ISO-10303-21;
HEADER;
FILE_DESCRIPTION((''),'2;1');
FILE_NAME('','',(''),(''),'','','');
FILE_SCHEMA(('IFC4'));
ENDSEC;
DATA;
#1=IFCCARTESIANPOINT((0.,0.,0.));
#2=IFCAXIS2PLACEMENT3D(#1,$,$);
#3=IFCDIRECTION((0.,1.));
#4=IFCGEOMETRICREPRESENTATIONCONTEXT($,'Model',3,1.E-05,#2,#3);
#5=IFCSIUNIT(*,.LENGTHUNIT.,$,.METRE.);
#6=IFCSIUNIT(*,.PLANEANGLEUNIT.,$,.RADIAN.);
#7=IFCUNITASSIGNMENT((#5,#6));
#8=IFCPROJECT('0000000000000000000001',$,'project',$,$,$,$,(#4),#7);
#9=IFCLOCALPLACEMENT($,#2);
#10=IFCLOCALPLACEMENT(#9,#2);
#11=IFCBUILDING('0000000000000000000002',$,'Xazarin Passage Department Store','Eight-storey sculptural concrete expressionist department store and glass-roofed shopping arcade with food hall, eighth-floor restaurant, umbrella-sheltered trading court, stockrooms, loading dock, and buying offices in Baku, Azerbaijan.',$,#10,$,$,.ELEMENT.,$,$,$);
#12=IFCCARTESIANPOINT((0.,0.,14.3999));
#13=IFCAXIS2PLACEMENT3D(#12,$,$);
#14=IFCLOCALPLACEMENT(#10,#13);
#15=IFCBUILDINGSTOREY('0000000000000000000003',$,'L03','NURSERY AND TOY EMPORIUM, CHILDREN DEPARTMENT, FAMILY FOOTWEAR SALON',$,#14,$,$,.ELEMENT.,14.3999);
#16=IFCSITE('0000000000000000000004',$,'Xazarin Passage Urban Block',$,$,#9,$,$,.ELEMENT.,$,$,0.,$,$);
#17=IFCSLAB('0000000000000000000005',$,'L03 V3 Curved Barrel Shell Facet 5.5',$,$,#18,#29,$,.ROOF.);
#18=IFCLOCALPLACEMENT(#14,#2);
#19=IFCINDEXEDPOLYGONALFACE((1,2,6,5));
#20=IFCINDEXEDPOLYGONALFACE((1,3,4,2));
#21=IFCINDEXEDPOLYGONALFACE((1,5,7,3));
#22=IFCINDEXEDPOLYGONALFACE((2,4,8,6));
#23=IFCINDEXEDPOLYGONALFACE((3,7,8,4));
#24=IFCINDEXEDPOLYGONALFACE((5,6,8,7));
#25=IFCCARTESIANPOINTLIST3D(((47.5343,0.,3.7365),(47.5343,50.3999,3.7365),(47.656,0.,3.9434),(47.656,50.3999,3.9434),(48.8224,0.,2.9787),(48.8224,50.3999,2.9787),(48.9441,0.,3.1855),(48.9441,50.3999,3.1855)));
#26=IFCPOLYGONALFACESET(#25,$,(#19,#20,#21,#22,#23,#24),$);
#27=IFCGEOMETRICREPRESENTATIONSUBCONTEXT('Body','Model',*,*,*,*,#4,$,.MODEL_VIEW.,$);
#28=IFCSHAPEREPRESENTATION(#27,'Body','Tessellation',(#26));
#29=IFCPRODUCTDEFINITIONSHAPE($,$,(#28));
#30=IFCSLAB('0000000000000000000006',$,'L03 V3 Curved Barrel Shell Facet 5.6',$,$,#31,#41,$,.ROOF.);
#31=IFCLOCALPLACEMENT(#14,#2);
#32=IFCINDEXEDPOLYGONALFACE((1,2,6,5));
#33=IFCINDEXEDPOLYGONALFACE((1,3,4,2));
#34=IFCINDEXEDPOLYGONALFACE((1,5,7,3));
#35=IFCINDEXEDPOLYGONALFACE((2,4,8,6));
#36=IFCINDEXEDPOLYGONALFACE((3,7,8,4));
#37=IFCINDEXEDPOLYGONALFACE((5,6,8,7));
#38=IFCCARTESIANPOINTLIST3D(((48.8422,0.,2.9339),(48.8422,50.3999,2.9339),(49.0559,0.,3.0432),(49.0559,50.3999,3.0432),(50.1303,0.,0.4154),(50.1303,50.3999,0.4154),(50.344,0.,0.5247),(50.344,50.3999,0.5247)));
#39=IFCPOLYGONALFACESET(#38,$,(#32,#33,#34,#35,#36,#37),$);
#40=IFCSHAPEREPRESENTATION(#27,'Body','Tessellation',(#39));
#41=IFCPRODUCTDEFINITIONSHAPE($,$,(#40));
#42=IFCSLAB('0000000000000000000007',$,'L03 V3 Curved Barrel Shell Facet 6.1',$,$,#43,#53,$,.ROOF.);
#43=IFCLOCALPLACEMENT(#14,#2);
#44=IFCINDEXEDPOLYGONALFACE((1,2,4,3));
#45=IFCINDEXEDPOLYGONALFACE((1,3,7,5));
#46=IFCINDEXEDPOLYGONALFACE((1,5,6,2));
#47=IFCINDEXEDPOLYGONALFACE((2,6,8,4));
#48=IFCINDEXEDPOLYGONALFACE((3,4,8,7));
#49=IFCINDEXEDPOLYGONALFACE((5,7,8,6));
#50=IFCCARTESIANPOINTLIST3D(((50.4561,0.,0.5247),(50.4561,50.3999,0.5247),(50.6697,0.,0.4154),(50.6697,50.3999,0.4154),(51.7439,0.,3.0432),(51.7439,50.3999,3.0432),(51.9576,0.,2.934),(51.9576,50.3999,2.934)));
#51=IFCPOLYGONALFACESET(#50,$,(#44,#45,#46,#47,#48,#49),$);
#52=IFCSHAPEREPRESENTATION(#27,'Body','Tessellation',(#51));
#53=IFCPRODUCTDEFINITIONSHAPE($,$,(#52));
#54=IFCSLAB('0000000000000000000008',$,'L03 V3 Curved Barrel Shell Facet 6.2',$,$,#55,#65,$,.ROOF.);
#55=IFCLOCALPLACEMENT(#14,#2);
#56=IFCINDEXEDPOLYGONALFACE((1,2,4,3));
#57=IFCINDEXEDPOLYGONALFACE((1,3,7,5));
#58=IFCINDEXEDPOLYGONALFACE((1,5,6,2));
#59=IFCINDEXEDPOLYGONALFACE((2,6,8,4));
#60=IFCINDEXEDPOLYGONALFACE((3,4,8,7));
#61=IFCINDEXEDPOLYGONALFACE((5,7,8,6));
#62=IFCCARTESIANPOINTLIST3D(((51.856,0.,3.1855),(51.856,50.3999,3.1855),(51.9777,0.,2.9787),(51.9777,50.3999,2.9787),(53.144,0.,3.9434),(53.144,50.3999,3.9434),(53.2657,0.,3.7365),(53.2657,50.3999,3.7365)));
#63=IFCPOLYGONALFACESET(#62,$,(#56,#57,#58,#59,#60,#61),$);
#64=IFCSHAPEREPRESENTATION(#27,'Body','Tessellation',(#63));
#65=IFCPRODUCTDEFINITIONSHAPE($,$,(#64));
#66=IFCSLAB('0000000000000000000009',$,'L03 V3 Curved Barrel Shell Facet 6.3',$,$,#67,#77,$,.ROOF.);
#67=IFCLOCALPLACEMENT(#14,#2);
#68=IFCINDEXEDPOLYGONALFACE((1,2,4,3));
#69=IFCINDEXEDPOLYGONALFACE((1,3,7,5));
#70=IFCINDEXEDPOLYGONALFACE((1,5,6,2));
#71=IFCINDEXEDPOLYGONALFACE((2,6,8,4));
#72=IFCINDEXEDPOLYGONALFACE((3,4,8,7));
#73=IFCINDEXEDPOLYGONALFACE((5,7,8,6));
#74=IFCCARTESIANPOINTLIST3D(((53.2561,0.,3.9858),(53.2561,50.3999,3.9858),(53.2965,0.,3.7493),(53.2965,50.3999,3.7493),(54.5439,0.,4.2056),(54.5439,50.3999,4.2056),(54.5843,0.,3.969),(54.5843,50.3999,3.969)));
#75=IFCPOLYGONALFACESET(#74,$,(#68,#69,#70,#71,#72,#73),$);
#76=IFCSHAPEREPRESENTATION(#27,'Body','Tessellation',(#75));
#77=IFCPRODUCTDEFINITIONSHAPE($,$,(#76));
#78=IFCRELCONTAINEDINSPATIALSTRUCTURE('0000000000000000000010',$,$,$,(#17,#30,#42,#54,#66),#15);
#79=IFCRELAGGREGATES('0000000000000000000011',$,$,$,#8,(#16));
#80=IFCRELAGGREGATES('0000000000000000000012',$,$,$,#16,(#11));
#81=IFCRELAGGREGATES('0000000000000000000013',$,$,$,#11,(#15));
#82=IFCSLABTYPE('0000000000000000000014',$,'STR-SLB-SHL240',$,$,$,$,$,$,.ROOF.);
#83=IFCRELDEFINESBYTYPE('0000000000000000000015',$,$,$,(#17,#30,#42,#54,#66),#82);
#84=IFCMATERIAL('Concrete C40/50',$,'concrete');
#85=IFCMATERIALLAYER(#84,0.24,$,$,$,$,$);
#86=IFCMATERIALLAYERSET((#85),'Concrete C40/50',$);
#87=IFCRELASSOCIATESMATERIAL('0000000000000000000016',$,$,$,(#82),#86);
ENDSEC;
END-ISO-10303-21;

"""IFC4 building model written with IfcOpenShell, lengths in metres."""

from ifc_helpers import new_model, si_unit, direction, frame, origin, place, context, subcontext, project, spatial, polyline, outline, extrude, material, layer, layer_set, type_object, element, save


model = new_model("IFC4")

# Units and contexts
model_context = context("Model", 3, precision=1e-05, world=origin(), true_north=direction((0.0, 1.0)))
body_context = subcontext(model_context, "Body", "Model", "MODEL_VIEW")
ifc_project = project(units=[si_unit("LENGTHUNIT", "METRE"), si_unit("PLANEANGLEUNIT", "RADIAN")], contexts=[model_context])

# Site, building, storey
site_placement = place(None, origin())
site = spatial("IfcSite", under=ifc_project, at=site_placement, Name="Xazarin Passage Urban Block", CompositionType="ELEMENT", RefElevation=0.0)
building_placement = place(site_placement, origin())
building = spatial("IfcBuilding", under=site, at=building_placement, Name="Xazarin Passage Department Store", Description="Eight-storey sculptural concrete expressionist department store and glass-roofed shopping arcade with food hall, eighth-floor restaurant, umbrella-sheltered trading court, stockrooms, loading dock, and buying offices in Baku, Azerbaijan.", CompositionType="ELEMENT")
storey_placement = place(building_placement, frame((0.0, 0.0, 14.3999)))
storey = spatial("IfcBuildingStorey", under=building, at=storey_placement, Name="L03", Description="NURSERY AND TOY EMPORIUM, CHILDREN DEPARTMENT, FAMILY FOOTWEAR SALON", CompositionType="ELEMENT", Elevation=14.3999)

# Slabs
ifc_material_1 = material(Name="Concrete C40/50", Category="concrete")
ifc_layer = layer(ifc_material_1, 0.24)
ifc_layer_set = layer_set([ifc_layer], Name="Concrete C40/50")
slab_type = type_object("IfcSlabType", Name="STR-SLB-SHL240", PredefinedType="ROOF", material=ifc_layer_set)
slab_1_placement = place(storey_placement, frame((47.656, 0.0, 3.9434), z_axis=(0.507077, 0.0, 0.861901), x_axis=(0.861901, 0.0, -0.507077)))
element("IfcSlab", 1, at=slab_1_placement, inside=storey, type_object=slab_type, Name="L03 V3 Curved Barrel Shell Facet 5.5", PredefinedType="ROOF", context=body_context, shape_type="SweptSolid", body=[
    extrude(outline(polyline([(0.0, 0.0), (1.4945, 0.0), (1.4945, 50.3999), (0.0, 50.3999), (0.0, 0.0)])), origin(), (0.0, 0.0, -1.0), 0.24),
])
slab_2_placement = place(storey_placement, frame((49.0559, 0.0, 3.0432), z_axis=(0.890317, 0.0, 0.455342), x_axis=(0.455342, 0.0, -0.890317)))
element("IfcSlab", 2, at=slab_2_placement, inside=storey, type_object=slab_type, Name="L03 V3 Curved Barrel Shell Facet 5.6", PredefinedType="ROOF", context=body_context, shape_type="SweptSolid", body=[
    extrude(outline(polyline([(0.0, 0.0), (2.8288, 0.0), (2.8288, 50.3999), (0.0, 50.3999), (0.0, 0.0)])), origin(), (0.0, 0.0, -1.0), 0.24),
])
slab_3_placement = place(storey_placement, frame((50.4561, 0.0, 0.5247), z_axis=(-0.890352, 0.0, 0.455274), x_axis=(0.455274, 0.0, 0.890352)))
element("IfcSlab", 3, at=slab_3_placement, inside=storey, type_object=slab_type, Name="L03 V3 Curved Barrel Shell Facet 6.1", PredefinedType="ROOF", context=body_context, shape_type="SweptSolid", body=[
    extrude(outline(polyline([(0.0, 0.0), (2.8287, 0.0), (2.8287, 50.3999), (0.0, 50.3999), (0.0, 0.0)])), origin(), (0.0, 0.0, -1.0), 0.24),
])
slab_4_placement = place(storey_placement, frame((51.856, 0.0, 3.1855), z_axis=(-0.507077, 0.0, 0.861901), x_axis=(0.861901, 0.0, 0.507077)))
element("IfcSlab", 4, at=slab_4_placement, inside=storey, type_object=slab_type, Name="L03 V3 Curved Barrel Shell Facet 6.2", PredefinedType="ROOF", context=body_context, shape_type="SweptSolid", body=[
    extrude(outline(polyline([(0.0, 0.0), (1.4945, 0.0), (1.4945, 50.3999), (0.0, 50.3999), (0.0, 0.0)])), origin(), (0.0, 0.0, -1.0), 0.24),
])
slab_5_placement = place(storey_placement, frame((53.2561, 0.0, 3.9858), z_axis=(-0.168186, 0.0, 0.985755), x_axis=(0.985755, 0.0, 0.168186)))
element("IfcSlab", 5, at=slab_5_placement, inside=storey, type_object=slab_type, Name="L03 V3 Curved Barrel Shell Facet 6.3", PredefinedType="ROOF", context=body_context, shape_type="SweptSolid", body=[
    extrude(outline(polyline([(0.0, 0.0), (1.3065, 0.0), (1.3065, 50.3999), (0.0, 50.3999), (0.0, 0.0)])), origin(), (0.0, 0.0, -1.0), 0.24),
])

save(model, "model.ifc")
